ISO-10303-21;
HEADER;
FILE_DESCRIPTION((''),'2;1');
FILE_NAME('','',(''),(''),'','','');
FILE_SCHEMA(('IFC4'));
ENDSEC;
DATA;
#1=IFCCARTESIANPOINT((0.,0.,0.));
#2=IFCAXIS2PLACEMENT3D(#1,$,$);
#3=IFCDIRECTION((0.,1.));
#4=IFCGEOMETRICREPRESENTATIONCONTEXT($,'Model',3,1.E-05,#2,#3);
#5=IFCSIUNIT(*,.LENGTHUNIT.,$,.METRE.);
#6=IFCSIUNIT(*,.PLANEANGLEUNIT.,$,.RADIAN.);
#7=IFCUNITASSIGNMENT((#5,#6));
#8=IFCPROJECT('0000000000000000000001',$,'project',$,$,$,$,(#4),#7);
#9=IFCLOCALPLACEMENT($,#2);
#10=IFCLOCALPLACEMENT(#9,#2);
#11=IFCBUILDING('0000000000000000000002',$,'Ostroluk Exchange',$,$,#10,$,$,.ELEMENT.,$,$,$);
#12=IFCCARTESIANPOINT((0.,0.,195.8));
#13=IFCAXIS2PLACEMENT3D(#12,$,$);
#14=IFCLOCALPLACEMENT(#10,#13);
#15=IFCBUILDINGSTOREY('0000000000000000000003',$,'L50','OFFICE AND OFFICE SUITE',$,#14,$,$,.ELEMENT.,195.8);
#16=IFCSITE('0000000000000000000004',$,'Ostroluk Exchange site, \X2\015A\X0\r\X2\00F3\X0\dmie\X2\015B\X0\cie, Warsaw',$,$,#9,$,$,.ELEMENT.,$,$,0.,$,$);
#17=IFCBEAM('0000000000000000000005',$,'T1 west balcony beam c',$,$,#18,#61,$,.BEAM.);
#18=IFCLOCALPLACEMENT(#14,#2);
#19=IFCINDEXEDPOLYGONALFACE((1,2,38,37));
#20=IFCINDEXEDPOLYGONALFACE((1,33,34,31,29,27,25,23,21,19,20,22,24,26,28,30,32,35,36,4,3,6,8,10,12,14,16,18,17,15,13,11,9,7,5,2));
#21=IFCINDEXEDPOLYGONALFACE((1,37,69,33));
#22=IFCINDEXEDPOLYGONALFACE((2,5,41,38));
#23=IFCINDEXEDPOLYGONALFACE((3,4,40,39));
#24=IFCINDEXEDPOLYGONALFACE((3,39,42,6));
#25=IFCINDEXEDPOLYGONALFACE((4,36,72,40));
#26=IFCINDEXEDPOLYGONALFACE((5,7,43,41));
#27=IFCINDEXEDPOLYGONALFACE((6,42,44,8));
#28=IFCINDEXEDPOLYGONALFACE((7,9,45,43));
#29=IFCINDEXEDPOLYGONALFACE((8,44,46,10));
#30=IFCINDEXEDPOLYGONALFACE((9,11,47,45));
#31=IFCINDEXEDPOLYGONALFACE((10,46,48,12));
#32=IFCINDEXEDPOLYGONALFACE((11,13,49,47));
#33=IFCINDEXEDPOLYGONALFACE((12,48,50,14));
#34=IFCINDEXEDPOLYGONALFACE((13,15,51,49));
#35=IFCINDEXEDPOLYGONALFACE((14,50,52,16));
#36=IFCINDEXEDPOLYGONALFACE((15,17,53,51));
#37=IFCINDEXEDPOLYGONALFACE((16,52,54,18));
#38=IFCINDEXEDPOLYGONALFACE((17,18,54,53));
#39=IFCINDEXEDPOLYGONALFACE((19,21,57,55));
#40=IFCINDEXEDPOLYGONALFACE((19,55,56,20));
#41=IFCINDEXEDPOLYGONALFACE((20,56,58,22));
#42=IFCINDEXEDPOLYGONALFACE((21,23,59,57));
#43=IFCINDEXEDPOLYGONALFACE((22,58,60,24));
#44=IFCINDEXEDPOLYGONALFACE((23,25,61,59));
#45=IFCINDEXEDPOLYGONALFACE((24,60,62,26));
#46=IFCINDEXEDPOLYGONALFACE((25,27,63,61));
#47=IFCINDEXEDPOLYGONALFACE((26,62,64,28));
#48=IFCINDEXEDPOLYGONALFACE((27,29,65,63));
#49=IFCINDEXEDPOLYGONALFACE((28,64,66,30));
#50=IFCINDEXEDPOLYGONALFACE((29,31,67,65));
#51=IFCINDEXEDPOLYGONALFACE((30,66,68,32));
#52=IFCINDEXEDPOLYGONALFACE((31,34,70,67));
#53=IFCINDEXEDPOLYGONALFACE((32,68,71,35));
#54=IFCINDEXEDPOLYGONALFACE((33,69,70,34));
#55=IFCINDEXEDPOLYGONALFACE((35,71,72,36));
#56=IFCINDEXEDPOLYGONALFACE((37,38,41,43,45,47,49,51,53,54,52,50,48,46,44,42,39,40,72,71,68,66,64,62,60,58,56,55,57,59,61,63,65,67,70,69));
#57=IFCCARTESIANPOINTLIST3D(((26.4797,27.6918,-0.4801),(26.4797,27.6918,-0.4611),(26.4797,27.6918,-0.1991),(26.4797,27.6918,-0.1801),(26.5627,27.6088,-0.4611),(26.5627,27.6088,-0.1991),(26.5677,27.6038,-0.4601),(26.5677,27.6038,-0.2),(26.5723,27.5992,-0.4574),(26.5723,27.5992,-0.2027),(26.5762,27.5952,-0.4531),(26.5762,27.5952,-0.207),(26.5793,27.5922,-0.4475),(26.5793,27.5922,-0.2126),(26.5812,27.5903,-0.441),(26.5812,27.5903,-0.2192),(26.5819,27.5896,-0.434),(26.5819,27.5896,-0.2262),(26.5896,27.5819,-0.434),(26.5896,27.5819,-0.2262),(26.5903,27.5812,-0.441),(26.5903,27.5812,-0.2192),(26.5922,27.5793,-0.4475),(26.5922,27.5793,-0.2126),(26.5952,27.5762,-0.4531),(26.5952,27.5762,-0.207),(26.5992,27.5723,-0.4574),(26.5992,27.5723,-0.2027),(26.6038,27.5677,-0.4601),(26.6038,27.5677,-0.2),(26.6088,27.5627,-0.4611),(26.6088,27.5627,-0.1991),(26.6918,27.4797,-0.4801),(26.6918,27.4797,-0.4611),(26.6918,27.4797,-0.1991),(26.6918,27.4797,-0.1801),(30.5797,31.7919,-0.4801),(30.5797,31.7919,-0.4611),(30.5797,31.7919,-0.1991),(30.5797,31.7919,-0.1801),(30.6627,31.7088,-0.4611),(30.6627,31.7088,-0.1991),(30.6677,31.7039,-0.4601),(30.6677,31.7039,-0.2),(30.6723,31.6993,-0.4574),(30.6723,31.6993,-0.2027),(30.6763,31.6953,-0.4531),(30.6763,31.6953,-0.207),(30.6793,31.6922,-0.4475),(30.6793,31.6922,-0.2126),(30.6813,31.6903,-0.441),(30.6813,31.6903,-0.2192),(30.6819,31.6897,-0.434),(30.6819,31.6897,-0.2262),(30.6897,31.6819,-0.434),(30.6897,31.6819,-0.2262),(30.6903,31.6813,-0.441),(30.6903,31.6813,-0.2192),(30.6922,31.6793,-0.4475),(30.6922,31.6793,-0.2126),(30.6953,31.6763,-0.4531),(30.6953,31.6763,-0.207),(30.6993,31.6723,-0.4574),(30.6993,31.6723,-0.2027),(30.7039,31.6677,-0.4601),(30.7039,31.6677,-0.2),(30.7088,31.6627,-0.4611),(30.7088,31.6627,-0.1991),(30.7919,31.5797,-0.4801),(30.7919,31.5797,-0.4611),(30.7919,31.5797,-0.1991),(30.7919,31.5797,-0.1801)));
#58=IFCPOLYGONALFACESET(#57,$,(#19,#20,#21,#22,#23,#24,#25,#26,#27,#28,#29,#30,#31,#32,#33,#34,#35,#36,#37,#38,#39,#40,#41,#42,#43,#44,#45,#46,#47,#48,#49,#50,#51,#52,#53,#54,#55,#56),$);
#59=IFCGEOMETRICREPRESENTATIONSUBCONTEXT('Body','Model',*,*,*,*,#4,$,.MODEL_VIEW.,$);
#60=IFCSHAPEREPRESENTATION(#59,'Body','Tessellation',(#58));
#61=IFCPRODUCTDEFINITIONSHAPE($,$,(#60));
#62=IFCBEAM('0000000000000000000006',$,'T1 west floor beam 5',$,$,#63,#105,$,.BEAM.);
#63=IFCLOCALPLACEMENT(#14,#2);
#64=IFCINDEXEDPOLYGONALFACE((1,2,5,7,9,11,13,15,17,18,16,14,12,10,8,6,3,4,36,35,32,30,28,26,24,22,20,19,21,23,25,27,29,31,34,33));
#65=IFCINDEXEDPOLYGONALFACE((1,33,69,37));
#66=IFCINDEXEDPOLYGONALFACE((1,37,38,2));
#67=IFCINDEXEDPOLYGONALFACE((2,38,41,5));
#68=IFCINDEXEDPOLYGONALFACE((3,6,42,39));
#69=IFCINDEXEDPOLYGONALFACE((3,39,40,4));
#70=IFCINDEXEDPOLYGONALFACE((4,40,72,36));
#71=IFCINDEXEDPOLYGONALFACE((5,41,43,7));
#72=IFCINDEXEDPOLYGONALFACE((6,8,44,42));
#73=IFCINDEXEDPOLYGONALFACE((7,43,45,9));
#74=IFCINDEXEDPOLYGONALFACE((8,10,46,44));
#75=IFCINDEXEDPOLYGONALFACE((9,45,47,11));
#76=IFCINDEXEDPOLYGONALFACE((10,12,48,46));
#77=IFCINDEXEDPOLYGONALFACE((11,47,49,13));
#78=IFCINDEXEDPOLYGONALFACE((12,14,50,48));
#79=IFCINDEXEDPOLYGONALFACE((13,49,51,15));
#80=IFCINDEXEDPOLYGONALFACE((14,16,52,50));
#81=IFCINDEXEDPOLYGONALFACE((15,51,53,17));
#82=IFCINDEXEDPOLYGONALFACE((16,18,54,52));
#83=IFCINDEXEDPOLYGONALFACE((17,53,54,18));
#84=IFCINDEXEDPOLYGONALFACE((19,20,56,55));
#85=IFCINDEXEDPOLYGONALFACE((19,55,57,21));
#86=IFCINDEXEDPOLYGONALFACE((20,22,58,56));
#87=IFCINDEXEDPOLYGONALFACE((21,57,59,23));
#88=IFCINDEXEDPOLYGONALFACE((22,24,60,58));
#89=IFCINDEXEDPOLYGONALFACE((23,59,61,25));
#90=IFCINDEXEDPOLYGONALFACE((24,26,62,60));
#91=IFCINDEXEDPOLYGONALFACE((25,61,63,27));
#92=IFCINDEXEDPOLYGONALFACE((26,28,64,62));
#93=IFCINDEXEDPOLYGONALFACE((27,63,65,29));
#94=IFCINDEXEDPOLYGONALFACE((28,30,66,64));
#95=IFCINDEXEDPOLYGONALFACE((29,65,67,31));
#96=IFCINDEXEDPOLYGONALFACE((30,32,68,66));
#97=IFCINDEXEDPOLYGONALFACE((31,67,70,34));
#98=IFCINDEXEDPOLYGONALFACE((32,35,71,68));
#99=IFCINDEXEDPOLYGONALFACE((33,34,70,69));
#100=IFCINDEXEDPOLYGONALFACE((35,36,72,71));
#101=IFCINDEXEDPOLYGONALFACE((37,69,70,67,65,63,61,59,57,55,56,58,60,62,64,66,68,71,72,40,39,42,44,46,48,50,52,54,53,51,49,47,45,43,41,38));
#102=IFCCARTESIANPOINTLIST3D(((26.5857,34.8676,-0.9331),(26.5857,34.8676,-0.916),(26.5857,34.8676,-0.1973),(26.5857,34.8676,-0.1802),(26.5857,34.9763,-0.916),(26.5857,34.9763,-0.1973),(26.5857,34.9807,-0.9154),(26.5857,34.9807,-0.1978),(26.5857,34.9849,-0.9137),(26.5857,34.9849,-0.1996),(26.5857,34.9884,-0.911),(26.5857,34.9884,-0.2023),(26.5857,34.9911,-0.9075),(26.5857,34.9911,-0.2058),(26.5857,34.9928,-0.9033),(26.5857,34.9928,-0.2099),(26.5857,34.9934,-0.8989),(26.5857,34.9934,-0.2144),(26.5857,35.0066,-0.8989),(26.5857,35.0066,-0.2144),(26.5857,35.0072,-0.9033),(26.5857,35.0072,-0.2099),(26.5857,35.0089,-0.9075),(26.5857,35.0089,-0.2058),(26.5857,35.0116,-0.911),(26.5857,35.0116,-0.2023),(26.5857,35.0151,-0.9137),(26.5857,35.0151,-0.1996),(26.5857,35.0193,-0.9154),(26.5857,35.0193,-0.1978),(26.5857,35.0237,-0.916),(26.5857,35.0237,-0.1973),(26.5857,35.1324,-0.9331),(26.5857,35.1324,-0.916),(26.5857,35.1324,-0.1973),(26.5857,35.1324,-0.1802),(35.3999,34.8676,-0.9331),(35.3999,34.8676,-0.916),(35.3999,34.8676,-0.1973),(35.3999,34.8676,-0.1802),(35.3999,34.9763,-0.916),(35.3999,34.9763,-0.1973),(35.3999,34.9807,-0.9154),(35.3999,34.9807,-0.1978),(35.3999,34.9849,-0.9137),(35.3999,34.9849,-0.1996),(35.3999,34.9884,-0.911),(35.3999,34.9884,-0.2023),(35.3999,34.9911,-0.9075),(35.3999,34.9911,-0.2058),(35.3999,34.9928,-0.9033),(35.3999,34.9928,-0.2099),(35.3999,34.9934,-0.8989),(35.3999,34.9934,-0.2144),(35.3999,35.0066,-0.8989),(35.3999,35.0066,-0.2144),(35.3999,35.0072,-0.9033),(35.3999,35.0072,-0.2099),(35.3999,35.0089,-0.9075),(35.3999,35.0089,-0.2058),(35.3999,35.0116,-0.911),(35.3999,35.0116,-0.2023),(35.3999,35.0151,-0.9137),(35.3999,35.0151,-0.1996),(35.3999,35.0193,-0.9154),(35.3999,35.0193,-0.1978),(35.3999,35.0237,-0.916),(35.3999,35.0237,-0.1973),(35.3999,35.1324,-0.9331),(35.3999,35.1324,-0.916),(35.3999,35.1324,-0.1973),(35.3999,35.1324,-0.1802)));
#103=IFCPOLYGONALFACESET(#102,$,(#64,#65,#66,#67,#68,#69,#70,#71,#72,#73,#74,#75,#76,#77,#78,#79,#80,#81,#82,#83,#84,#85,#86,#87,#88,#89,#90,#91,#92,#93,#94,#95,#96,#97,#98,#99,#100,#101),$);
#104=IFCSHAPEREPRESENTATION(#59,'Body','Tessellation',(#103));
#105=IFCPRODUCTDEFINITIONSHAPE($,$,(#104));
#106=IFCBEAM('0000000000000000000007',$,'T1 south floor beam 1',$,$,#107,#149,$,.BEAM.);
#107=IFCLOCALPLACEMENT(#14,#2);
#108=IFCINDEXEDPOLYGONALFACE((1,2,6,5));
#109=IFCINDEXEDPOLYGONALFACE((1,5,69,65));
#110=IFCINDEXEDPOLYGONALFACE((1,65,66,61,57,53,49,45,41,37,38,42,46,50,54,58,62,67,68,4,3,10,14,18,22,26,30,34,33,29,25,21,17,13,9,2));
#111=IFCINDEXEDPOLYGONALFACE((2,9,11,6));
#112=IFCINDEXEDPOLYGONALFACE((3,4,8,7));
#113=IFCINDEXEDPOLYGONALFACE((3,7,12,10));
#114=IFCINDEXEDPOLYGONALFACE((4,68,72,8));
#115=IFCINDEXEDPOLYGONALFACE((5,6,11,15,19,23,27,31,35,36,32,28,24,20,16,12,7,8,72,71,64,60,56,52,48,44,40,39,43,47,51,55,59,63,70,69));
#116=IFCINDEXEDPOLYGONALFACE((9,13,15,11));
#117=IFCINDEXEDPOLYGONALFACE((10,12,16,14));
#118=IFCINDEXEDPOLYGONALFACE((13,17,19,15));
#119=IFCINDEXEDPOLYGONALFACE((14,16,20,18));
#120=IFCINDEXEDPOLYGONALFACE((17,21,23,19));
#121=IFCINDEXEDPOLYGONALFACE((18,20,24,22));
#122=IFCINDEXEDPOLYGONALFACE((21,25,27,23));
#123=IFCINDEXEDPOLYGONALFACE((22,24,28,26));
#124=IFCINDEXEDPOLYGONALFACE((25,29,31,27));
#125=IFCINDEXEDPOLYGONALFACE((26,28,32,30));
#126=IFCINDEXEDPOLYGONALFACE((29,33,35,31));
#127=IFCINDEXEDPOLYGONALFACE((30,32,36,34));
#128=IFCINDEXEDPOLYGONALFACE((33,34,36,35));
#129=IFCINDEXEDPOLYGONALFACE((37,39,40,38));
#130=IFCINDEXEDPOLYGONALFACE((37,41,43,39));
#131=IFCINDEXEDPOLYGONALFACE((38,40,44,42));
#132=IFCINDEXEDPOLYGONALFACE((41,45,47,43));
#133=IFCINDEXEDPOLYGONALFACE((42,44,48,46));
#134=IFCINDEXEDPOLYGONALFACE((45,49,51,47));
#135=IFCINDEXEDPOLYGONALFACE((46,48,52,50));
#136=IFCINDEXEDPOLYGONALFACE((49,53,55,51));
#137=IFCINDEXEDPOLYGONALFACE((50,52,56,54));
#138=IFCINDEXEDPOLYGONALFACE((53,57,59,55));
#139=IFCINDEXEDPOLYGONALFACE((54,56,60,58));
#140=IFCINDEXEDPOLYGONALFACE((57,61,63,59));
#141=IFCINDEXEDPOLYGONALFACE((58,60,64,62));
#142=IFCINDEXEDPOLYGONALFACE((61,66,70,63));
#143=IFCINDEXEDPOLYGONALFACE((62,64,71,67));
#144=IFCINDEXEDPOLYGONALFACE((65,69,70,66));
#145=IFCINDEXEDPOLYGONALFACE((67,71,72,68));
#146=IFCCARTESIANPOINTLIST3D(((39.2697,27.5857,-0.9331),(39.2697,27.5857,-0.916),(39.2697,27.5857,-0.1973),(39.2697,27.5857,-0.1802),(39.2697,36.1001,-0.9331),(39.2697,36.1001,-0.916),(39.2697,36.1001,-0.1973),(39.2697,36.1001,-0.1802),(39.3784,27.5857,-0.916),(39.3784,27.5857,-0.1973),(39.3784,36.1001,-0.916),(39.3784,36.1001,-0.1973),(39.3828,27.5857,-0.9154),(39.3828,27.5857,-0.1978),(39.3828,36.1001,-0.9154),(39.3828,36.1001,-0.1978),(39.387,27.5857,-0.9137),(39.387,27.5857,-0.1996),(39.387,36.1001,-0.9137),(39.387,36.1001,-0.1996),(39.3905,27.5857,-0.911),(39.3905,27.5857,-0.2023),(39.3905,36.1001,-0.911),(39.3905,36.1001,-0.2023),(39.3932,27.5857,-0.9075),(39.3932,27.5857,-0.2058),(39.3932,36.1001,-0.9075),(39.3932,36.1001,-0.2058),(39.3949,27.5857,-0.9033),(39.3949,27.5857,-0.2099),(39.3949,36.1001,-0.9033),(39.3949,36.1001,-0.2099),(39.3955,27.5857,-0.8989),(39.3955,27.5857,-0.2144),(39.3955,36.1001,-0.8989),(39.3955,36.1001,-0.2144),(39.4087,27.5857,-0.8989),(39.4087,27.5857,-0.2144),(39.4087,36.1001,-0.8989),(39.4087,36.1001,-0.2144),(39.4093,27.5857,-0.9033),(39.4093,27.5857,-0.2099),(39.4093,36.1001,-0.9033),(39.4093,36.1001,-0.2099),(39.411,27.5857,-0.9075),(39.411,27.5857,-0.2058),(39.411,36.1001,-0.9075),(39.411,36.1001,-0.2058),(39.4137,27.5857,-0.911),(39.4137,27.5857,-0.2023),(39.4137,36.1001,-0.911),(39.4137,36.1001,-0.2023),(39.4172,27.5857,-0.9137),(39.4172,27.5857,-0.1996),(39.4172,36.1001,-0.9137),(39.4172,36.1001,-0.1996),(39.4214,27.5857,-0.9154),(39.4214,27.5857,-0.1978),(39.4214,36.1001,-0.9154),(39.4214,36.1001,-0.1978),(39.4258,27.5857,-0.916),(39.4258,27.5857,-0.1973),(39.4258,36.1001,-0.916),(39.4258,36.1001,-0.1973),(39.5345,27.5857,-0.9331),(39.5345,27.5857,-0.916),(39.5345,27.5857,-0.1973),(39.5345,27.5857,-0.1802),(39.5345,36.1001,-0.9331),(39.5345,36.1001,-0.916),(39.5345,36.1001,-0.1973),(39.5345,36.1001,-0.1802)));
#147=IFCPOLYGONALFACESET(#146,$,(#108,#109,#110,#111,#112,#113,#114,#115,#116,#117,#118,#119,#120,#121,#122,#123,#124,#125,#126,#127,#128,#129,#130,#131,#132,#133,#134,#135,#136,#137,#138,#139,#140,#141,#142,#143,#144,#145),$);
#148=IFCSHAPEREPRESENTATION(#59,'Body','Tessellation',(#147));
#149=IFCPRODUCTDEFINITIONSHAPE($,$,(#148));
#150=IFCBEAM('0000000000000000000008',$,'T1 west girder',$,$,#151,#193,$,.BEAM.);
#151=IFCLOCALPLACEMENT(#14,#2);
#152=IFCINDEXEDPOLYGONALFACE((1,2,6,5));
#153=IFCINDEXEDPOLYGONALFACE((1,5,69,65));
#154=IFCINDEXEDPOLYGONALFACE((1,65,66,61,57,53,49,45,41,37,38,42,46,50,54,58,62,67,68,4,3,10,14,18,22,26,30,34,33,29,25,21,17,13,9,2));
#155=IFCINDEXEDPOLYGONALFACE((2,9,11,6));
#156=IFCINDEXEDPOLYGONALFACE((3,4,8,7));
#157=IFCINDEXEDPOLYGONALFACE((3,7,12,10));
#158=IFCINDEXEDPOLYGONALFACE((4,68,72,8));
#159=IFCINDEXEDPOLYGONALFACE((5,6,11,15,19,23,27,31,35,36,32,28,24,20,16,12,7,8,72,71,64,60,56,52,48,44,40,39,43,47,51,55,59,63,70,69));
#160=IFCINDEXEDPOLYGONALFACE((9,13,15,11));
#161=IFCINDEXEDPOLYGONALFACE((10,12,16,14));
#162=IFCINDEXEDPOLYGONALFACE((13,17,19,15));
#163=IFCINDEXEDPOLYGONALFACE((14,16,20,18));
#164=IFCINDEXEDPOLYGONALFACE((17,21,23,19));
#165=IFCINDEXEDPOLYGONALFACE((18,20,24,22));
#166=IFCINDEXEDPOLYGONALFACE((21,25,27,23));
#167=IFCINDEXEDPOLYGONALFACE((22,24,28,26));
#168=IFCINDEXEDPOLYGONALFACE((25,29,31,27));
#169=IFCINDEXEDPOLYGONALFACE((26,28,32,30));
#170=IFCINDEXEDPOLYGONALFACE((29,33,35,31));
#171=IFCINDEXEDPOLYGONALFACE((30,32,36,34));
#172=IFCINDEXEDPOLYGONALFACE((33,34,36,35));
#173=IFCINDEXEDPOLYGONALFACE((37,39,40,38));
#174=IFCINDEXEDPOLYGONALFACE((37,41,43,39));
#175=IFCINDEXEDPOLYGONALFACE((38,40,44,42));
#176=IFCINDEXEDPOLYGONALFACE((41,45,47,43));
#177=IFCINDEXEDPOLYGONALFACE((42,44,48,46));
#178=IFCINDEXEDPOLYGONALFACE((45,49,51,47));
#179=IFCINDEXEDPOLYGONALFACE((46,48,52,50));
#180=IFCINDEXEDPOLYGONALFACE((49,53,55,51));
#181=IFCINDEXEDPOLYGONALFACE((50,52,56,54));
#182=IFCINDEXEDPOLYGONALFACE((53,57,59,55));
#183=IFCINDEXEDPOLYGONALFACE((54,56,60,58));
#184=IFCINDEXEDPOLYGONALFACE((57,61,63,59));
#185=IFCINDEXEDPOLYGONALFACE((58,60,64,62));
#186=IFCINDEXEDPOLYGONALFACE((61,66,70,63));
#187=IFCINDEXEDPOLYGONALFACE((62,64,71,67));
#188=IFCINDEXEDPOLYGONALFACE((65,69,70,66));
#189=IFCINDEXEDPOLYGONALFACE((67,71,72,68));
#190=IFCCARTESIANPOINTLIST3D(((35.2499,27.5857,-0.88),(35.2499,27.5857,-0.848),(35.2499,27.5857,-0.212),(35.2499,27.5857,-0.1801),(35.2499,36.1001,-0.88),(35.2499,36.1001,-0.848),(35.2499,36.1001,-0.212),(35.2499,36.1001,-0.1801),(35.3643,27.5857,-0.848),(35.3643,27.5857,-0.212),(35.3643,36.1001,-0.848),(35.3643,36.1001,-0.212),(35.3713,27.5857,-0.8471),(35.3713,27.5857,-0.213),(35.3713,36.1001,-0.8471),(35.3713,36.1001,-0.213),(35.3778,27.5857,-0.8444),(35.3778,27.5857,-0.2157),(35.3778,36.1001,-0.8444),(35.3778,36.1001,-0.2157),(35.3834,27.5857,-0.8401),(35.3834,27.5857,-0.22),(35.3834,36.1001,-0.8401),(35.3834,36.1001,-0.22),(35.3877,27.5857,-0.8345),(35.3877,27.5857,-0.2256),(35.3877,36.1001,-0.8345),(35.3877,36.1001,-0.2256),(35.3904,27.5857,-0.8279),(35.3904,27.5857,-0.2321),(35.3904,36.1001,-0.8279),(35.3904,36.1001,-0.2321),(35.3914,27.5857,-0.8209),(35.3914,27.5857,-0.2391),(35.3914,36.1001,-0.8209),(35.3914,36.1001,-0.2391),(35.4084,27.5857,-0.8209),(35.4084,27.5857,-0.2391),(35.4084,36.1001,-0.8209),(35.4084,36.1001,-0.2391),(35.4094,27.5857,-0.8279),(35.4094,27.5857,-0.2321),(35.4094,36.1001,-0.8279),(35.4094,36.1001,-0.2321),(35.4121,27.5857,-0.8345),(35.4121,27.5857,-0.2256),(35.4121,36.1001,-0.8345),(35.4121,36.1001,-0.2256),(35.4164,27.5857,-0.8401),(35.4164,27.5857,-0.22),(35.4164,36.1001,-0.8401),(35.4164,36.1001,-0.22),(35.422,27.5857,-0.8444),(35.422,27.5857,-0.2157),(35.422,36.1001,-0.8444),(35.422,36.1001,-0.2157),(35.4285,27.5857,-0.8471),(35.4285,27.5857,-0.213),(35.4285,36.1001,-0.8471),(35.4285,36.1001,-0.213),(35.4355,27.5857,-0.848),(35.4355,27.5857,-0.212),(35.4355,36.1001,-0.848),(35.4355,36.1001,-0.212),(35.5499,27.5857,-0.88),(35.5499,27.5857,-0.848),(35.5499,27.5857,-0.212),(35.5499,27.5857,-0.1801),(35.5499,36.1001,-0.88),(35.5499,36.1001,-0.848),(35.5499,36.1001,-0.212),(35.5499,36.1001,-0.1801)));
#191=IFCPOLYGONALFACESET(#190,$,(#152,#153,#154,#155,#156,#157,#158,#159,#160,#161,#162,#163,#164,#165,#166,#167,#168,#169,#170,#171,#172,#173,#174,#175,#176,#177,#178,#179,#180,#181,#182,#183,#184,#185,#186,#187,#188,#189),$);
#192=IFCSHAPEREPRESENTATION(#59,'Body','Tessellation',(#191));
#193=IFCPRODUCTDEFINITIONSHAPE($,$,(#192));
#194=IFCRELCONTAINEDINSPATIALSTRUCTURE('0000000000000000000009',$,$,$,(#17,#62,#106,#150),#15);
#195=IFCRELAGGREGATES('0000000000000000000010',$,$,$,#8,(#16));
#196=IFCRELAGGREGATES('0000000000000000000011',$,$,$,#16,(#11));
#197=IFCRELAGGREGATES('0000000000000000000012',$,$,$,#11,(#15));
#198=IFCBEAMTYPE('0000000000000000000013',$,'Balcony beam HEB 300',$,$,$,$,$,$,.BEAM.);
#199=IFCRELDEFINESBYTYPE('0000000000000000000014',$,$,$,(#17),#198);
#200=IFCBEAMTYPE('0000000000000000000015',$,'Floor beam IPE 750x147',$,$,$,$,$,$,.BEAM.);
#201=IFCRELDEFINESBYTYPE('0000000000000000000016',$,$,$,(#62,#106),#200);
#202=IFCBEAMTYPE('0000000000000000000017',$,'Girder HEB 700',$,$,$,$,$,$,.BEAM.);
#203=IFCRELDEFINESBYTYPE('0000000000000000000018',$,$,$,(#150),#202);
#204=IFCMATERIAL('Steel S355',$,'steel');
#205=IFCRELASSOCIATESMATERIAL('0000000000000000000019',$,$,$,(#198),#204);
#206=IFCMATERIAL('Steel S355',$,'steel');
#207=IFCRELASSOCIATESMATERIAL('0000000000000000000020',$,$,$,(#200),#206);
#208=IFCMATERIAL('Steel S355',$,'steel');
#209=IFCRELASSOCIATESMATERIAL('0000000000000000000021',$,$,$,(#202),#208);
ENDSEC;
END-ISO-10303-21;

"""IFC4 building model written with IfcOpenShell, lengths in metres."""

from ifc_helpers import new_model, si_unit, direction, frame, origin, origin_2d, place, context, subcontext, project, spatial, i_section, extrude, material, material_profile, profile_set, type_object, element, save


model = new_model("IFC4")

# Units and contexts
model_context = context("Model", 3, precision=1e-05, world=origin(), true_north=direction((0.0, 1.0)))
body_context = subcontext(model_context, "Body", "Model", "MODEL_VIEW")
ifc_project = project(units=[si_unit("LENGTHUNIT", "METRE"), si_unit("PLANEANGLEUNIT", "RADIAN")], contexts=[model_context])

# Site, building, storey
site_placement = place(None, origin())
site = spatial("IfcSite", under=ifc_project, at=site_placement, Name="Ostroluk Exchange site, Śródmieście, Warsaw", CompositionType="ELEMENT", RefElevation=0.0)
building_placement = place(site_placement, origin())
building = spatial("IfcBuilding", under=site, at=building_placement, Name="Ostroluk Exchange", CompositionType="ELEMENT")
storey_placement = place(building_placement, frame((0.0, 0.0, 195.8)))
storey = spatial("IfcBuildingStorey", under=building, at=storey_placement, Name="L50", Description="OFFICE AND OFFICE SUITE", CompositionType="ELEMENT", Elevation=195.8)

# Beams
ifc_material_1 = material(Name="Steel S355", Category="steel")
ifc_material_profile_1 = material_profile(ifc_material_1, i_section(OverallWidth=0.3, OverallDepth=0.3, WebThickness=0.011, FlangeThickness=0.019, FilletRadius=0.0271, at=origin_2d()), Name="HEB 300")
ifc_profile_set_1 = profile_set([ifc_material_profile_1], Name="Steel S355")
beam_type_1 = type_object("IfcBeamType", Name="Balcony beam HEB 300", PredefinedType="BEAM", material=ifc_profile_set_1)
beam_1_placement = place(storey_placement, frame((30.6858, 31.6858, -0.3301), z_axis=(-0.707107, -0.707107, 0.0), x_axis=(0.707107, -0.707107, 0.0)))
element("IfcBeam", 1, at=beam_1_placement, inside=storey, type_object=beam_type_1, Name="T1 west balcony beam c", PredefinedType="BEAM", context=body_context, shape_type="SweptSolid", body=[
    extrude(i_section(OverallWidth=0.3, OverallDepth=0.3, WebThickness=0.011, FlangeThickness=0.019, FilletRadius=0.0271, at=origin_2d()), origin(), (0.0, 0.0, 1.0), 5.7983),
])
ifc_material_2 = material(Name="Steel S355", Category="steel")
ifc_material_profile_2 = material_profile(ifc_material_2, i_section(OverallWidth=0.2649, OverallDepth=0.7529, WebThickness=0.0132, FlangeThickness=0.0171, FilletRadius=0.0171, at=origin_2d()), Name="IPE 750x147")
ifc_profile_set_2 = profile_set([ifc_material_profile_2], Name="Steel S355")
beam_type_2 = type_object("IfcBeamType", Name="Floor beam IPE 750x147", PredefinedType="BEAM", material=ifc_profile_set_2)
beam_2_placement = place(storey_placement, frame((35.3999, 35.0, -0.5566), z_axis=(-1.0, 0.0, 0.0), x_axis=(0.0, -1.0, 0.0)))
element("IfcBeam", 2, at=beam_2_placement, inside=storey, type_object=beam_type_2, Name="T1 west floor beam 5", PredefinedType="BEAM", context=body_context, shape_type="SweptSolid", body=[
    extrude(i_section(OverallWidth=0.2649, OverallDepth=0.7529, WebThickness=0.0132, FlangeThickness=0.0171, FilletRadius=0.0171, at=origin_2d()), origin(), (0.0, 0.0, 1.0), 8.8142),
])
beam_3_placement = place(storey_placement, frame((39.4021, 36.1001, -0.5566), z_axis=(0.0, -1.0, 0.0), x_axis=(1.0, 0.0, 0.0)))
element("IfcBeam", 3, at=beam_3_placement, inside=storey, type_object=beam_type_2, Name="T1 south floor beam 1", PredefinedType="BEAM", context=body_context, shape_type="SweptSolid", body=[
    extrude(i_section(OverallWidth=0.2649, OverallDepth=0.7529, WebThickness=0.0132, FlangeThickness=0.0171, FilletRadius=0.0171, at=origin_2d()), origin(), (0.0, 0.0, 1.0), 8.5144),
])
ifc_material_3 = material(Name="Steel S355", Category="steel")
ifc_material_profile_3 = material_profile(ifc_material_3, i_section(OverallWidth=0.3, OverallDepth=0.7, WebThickness=0.0171, FlangeThickness=0.032, FilletRadius=0.0271, at=origin_2d()), Name="HEB 700")
ifc_profile_set_3 = profile_set([ifc_material_profile_3], Name="Steel S355")
beam_type_3 = type_object("IfcBeamType", Name="Girder HEB 700", PredefinedType="BEAM", material=ifc_profile_set_3)
beam_4_placement = place(storey_placement, frame((35.3999, 36.1001, -0.53), z_axis=(0.0, -1.0, 0.0), x_axis=(1.0, 0.0, 0.0)))
element("IfcBeam", 4, at=beam_4_placement, inside=storey, type_object=beam_type_3, Name="T1 west girder", PredefinedType="BEAM", context=body_context, shape_type="SweptSolid", body=[
    extrude(i_section(OverallWidth=0.3, OverallDepth=0.7, WebThickness=0.0171, FlangeThickness=0.032, FilletRadius=0.0271, at=origin_2d()), origin(), (0.0, 0.0, 1.0), 8.5144),
])

save(model, "model.ifc")
